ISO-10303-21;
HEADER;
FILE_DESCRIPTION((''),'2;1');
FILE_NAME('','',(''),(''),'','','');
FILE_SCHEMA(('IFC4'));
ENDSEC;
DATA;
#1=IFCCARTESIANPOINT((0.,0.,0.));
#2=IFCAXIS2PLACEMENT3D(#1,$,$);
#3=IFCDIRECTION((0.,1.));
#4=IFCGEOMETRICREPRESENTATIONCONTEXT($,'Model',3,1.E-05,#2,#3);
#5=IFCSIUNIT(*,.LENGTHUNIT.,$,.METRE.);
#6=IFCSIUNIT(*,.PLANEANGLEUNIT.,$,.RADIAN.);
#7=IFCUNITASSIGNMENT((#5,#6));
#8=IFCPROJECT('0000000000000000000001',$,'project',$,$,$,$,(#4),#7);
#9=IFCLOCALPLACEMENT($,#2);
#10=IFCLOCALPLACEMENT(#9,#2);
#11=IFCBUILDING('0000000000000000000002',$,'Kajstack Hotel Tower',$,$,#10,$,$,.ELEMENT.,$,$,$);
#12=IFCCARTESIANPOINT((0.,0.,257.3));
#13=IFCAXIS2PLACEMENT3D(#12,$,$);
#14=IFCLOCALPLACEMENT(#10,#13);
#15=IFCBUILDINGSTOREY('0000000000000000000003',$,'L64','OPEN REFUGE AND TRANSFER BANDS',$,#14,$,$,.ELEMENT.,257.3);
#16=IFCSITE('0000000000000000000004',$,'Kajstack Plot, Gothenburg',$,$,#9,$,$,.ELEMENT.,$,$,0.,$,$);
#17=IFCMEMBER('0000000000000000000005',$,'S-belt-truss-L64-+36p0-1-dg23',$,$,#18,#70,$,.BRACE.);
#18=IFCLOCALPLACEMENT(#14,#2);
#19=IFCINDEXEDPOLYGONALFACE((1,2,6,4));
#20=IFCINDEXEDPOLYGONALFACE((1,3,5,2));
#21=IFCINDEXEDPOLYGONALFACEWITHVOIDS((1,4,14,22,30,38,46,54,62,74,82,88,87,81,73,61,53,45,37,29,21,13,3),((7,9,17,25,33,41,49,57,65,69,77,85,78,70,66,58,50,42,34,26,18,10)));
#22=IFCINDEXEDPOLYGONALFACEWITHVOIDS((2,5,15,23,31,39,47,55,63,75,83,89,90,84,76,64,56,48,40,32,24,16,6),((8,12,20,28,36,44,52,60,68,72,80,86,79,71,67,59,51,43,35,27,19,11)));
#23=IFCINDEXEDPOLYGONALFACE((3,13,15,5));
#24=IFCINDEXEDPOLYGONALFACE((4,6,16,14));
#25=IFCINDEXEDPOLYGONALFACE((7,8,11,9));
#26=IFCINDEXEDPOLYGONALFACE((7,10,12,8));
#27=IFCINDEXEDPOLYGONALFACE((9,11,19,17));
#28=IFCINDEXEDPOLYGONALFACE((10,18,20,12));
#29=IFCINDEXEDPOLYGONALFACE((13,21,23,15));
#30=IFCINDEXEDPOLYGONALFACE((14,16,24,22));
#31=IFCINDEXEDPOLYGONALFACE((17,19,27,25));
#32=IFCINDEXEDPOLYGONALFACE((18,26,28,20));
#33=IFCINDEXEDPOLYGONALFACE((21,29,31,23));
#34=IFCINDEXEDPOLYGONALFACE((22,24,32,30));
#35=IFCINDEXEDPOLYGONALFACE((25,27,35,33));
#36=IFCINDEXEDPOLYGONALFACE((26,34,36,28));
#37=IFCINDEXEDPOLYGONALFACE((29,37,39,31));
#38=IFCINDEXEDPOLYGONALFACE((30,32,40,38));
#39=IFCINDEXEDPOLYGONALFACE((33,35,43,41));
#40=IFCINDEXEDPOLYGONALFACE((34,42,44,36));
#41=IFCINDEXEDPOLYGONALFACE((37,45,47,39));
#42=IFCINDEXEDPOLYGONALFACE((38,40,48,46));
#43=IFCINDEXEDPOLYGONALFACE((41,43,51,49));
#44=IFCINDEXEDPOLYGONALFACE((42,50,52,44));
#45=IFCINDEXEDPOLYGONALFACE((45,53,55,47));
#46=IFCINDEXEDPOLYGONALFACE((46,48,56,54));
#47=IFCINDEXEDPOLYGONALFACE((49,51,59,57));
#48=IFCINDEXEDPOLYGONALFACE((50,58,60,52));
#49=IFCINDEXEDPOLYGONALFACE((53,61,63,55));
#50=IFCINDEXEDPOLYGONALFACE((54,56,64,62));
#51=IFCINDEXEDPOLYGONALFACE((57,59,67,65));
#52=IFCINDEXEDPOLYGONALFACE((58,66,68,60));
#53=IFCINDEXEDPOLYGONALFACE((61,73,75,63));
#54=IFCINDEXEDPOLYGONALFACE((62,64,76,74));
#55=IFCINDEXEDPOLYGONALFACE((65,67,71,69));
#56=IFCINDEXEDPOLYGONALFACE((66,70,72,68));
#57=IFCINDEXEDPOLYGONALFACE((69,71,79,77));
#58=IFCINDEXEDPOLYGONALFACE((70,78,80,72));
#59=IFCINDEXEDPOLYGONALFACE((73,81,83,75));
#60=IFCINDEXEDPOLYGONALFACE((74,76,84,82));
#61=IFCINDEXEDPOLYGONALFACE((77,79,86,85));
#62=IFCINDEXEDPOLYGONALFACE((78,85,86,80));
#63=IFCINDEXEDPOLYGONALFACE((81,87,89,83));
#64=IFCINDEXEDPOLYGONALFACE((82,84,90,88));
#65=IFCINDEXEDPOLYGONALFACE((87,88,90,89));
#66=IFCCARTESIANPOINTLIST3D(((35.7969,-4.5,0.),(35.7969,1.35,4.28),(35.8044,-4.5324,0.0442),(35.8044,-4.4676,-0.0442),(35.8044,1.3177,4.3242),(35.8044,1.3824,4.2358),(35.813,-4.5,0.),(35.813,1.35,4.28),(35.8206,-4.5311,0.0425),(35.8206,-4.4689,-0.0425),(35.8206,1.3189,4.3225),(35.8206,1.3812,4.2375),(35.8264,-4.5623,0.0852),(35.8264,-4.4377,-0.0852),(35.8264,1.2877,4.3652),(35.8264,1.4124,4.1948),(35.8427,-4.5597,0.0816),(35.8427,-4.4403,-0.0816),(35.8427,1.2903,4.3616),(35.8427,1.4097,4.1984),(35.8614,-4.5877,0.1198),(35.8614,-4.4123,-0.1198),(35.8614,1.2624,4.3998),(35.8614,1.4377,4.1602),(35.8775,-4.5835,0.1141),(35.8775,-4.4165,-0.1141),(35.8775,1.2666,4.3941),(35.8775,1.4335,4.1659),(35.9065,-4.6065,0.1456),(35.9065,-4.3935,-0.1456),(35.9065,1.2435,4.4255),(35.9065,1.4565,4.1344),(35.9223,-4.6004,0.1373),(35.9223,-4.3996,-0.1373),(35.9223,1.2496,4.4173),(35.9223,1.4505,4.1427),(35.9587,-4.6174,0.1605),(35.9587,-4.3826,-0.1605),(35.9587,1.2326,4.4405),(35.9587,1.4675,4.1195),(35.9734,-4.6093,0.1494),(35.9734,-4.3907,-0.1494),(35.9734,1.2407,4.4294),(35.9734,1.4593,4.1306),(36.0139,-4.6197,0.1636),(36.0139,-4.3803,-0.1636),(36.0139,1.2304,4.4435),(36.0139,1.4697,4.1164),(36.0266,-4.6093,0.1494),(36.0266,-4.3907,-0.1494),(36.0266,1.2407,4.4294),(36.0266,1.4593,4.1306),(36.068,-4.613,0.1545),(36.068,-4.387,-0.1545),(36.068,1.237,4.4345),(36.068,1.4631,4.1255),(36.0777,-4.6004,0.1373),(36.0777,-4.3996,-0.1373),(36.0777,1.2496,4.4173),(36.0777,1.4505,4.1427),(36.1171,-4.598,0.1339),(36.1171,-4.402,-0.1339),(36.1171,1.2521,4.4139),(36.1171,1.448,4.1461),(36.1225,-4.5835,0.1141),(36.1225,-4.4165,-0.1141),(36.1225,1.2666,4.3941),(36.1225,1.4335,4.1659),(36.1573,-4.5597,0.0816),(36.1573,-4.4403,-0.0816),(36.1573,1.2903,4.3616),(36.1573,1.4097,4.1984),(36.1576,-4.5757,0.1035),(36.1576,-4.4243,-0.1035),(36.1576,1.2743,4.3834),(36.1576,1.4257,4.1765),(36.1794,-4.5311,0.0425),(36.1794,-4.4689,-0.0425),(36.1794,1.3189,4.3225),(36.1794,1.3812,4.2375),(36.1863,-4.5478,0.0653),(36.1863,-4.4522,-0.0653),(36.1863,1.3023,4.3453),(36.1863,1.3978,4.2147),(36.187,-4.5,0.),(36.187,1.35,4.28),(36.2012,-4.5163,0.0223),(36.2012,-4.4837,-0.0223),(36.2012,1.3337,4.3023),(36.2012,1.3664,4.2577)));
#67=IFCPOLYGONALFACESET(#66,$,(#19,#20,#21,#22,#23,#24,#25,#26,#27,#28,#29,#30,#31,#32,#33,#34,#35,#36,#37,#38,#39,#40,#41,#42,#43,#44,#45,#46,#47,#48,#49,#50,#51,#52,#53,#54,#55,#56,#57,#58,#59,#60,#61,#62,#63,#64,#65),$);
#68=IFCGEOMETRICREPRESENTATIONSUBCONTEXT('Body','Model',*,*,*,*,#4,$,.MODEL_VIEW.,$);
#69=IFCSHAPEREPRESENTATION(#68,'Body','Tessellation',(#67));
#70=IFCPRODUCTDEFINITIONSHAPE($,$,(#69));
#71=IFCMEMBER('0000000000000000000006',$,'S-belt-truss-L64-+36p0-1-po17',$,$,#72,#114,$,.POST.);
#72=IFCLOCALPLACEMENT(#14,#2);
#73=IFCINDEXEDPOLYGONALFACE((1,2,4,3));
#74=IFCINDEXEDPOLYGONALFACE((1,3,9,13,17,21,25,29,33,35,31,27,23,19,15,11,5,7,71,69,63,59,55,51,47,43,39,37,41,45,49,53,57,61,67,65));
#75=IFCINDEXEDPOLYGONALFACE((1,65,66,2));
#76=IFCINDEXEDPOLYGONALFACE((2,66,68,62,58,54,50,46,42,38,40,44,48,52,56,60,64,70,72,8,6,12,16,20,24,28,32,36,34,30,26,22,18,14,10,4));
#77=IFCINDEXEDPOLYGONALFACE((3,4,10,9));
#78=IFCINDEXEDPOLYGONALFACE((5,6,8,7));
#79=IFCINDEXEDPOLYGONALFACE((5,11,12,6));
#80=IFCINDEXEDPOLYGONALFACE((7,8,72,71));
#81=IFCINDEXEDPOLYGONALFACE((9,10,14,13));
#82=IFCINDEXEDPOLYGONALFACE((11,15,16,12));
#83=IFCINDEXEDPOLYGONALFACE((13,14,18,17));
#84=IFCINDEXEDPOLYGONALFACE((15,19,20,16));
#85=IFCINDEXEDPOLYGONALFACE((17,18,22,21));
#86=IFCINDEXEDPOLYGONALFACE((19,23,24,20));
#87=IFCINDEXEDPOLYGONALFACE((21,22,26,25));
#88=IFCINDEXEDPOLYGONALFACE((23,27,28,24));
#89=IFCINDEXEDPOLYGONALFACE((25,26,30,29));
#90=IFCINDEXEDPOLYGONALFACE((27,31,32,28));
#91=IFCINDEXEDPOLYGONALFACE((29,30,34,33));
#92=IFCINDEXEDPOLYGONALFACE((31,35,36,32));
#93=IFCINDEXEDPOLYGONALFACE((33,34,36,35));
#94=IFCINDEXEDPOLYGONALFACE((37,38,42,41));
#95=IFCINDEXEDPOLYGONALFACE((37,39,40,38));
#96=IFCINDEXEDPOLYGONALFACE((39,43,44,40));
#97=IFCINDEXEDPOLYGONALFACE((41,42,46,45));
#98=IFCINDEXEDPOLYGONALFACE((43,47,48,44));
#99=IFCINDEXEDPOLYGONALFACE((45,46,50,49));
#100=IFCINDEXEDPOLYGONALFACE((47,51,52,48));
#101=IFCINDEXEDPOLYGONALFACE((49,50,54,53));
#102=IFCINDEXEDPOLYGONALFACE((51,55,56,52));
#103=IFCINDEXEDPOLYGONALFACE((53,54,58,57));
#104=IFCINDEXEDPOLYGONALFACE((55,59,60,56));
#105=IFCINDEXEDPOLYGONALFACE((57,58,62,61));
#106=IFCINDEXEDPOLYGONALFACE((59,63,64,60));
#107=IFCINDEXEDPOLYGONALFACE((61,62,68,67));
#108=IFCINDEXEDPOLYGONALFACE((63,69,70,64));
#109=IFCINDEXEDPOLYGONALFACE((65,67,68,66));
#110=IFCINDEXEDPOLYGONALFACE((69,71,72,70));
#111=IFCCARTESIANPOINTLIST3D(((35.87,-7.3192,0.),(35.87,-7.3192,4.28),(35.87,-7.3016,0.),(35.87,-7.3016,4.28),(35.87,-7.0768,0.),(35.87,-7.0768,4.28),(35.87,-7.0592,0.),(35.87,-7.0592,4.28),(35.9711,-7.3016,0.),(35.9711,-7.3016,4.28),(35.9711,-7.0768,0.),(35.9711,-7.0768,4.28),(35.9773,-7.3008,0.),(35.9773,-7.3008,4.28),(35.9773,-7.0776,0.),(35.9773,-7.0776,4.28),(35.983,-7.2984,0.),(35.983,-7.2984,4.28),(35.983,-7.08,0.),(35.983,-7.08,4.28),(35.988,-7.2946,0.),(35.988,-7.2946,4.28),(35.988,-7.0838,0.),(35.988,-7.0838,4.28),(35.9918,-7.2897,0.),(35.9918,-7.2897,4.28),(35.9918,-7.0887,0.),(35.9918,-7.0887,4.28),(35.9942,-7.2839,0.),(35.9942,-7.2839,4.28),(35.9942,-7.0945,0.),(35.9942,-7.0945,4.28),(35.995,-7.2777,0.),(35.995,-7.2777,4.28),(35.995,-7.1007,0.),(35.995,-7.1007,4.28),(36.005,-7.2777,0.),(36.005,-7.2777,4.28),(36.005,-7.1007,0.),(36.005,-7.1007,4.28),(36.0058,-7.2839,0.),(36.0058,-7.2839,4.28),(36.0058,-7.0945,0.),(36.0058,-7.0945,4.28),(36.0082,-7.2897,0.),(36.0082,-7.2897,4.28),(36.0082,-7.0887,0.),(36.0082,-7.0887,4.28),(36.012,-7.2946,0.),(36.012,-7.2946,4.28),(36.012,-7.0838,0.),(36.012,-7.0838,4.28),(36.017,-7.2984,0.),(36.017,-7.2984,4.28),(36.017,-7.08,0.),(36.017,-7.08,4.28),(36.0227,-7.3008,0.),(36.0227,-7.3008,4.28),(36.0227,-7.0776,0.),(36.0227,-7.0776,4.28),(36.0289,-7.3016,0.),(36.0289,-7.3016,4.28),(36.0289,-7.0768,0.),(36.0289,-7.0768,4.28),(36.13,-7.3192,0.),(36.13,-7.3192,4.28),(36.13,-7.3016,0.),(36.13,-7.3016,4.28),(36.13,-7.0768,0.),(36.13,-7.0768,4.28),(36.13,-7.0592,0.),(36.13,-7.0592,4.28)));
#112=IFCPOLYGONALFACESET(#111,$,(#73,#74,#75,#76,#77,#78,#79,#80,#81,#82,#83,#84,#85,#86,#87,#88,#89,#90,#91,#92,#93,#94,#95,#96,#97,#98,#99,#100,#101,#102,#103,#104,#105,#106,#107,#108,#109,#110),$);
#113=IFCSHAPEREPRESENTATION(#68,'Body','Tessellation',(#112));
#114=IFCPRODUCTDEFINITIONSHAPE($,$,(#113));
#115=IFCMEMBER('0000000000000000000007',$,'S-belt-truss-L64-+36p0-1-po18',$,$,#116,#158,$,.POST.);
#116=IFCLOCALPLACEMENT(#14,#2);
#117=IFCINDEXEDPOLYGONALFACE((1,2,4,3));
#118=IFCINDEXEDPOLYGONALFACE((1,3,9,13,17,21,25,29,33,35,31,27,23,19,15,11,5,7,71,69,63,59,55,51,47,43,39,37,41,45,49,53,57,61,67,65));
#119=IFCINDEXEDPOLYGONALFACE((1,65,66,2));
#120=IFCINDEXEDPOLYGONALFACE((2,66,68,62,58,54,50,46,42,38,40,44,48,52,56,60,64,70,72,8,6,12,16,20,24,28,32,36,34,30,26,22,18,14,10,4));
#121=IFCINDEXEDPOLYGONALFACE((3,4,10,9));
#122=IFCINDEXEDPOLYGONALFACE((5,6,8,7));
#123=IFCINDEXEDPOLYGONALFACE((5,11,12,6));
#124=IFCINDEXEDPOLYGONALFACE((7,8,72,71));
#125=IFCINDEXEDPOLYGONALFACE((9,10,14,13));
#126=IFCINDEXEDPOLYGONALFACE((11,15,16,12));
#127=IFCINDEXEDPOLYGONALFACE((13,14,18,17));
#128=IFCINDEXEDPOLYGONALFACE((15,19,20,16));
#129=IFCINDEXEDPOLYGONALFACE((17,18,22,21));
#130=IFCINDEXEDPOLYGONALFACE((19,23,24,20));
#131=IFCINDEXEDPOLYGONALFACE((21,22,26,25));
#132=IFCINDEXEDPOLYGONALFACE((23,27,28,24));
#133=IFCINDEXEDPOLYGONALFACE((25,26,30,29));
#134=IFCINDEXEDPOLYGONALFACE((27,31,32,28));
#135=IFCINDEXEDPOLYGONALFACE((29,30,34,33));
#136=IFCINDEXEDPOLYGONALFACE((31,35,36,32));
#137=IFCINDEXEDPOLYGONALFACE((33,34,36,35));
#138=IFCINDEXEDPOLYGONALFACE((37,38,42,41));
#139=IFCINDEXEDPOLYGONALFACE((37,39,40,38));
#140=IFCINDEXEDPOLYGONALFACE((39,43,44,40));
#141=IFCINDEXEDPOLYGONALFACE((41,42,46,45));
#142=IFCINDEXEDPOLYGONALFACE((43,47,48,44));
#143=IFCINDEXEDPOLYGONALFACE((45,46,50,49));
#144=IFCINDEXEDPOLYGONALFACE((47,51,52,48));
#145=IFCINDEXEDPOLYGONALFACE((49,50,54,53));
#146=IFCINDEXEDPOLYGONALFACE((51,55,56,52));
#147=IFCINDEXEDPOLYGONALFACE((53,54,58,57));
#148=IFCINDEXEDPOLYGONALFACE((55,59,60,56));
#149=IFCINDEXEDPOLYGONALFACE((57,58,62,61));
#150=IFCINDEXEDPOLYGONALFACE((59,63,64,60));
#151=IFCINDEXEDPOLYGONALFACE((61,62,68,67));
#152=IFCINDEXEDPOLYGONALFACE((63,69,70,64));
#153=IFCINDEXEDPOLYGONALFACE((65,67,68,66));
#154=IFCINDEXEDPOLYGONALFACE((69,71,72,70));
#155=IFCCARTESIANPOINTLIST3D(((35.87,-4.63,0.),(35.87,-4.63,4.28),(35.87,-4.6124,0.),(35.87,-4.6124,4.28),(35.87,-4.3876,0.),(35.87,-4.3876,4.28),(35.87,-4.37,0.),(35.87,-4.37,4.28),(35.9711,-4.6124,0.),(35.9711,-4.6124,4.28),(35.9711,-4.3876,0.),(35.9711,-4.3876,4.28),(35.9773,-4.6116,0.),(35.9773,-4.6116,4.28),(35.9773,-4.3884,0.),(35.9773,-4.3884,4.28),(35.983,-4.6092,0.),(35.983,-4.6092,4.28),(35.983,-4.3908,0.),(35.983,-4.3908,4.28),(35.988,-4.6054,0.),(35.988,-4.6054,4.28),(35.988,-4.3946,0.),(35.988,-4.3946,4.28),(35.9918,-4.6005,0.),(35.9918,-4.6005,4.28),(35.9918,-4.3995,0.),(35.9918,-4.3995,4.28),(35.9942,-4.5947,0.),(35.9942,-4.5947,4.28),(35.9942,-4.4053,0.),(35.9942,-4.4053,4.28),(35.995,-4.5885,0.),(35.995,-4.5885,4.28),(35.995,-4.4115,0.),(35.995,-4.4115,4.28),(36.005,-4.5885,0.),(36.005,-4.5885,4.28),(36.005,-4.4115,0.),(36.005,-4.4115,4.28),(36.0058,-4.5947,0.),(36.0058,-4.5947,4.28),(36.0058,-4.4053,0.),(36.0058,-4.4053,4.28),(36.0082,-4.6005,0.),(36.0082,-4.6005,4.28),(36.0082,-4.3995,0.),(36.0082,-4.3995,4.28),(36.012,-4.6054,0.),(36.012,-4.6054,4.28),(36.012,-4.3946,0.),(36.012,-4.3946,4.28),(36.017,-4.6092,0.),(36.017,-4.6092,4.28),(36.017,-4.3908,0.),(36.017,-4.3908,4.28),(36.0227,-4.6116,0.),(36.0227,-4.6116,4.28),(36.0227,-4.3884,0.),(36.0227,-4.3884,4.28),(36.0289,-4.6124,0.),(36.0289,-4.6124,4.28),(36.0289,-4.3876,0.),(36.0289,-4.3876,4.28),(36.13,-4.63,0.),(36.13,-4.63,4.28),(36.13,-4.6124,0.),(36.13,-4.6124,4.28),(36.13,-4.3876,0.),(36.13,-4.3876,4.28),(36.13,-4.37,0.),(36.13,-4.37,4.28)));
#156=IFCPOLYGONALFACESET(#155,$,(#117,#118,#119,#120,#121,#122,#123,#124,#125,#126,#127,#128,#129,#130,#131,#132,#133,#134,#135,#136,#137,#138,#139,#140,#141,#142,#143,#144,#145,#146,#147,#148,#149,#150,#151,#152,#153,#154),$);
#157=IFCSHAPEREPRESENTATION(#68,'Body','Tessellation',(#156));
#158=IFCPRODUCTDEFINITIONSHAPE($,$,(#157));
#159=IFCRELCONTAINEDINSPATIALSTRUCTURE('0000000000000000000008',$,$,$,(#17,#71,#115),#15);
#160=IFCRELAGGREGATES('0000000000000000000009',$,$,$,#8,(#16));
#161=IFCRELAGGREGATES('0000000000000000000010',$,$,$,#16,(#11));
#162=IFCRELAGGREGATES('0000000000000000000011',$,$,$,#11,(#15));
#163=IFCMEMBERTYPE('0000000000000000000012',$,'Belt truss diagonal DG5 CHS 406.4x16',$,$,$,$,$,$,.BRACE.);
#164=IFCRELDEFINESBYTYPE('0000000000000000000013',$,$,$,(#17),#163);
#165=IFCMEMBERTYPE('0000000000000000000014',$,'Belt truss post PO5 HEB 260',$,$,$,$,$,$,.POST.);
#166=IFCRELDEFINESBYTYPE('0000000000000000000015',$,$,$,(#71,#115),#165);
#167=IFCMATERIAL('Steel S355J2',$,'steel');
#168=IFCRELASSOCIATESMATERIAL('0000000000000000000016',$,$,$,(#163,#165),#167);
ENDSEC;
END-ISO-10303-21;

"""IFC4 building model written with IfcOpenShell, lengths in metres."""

from ifc_helpers import new_model, si_unit, direction, frame, origin, origin_2d, place, context, subcontext, project, spatial, hollow_circle, i_section, extrude, material, material_profile, profile_set, type_object, element, save


model = new_model("IFC4")

# Units and contexts
model_context = context("Model", 3, precision=1e-05, world=origin(), true_north=direction((0.0, 1.0)))
body_context = subcontext(model_context, "Body", "Model", "MODEL_VIEW")
ifc_project = project(units=[si_unit("LENGTHUNIT", "METRE"), si_unit("PLANEANGLEUNIT", "RADIAN")], contexts=[model_context])

# Site, building, storey
site_placement = place(None, origin())
site = spatial("IfcSite", under=ifc_project, at=site_placement, Name="Kajstack Plot, Gothenburg", CompositionType="ELEMENT", RefElevation=0.0)
building_placement = place(site_placement, origin())
building = spatial("IfcBuilding", under=site, at=building_placement, Name="Kajstack Hotel Tower", CompositionType="ELEMENT")
storey_placement = place(building_placement, frame((0.0, 0.0, 257.3)))
storey = spatial("IfcBuildingStorey", under=building, at=storey_placement, Name="L64", Description="OPEN REFUGE AND TRANSFER BANDS", CompositionType="ELEMENT", Elevation=257.3)

# Members
ifc_material_1 = material(Name="Steel S355J2", Category="steel")
ifc_material_profile_1 = material_profile(ifc_material_1, hollow_circle(Radius=0.2031, WallThickness=0.0161, at=origin_2d()), Name="CHS 406.4x16")
ifc_profile_set_1 = profile_set([ifc_material_profile_1], Name="Steel S355J2")
member_type_1 = type_object("IfcMemberType", Name="Belt truss diagonal DG5 CHS 406.4x16", PredefinedType="BRACE", material=ifc_profile_set_1)
member_1_placement = place(storey_placement, frame((36.0, -4.5, 0.0), z_axis=(0.0, 0.807065, 0.590462), x_axis=(-1.0, 0.0, 0.0)))
element("IfcMember", 1, at=member_1_placement, inside=storey, type_object=member_type_1, Name="S-belt-truss-L64-+36p0-1-dg23", PredefinedType="BRACE", context=body_context, shape_type="SweptSolid", body=[
    extrude(hollow_circle(Radius=0.2031, WallThickness=0.0161, at=origin_2d()), origin(), (0.0, 0.0, 1.0), 7.2485),
])
ifc_material_profile_2 = material_profile(ifc_material_1, i_section(OverallWidth=0.26, OverallDepth=0.26, WebThickness=0.01, FlangeThickness=0.0176, FilletRadius=0.0239, at=origin_2d()), Name="HEB 260")
ifc_profile_set_2 = profile_set([ifc_material_profile_2], Name="Steel S355J2")
member_type_2 = type_object("IfcMemberType", Name="Belt truss post PO5 HEB 260", PredefinedType="POST", material=ifc_profile_set_2)
for number, where, z_axis, x_axis, name in (
    (2, (36.0, -7.1892, 0.0), (0.0, 0.0, 1.0), (1.0, 0.0, 0.0), "S-belt-truss-L64-+36p0-1-po17"),
    (3, (36.0, -4.5, 0.0), (0.0, 0.0, 1.0), (1.0, 0.0, 0.0), "S-belt-truss-L64-+36p0-1-po18"),
):
    element("IfcMember", number, at=place(storey_placement, frame(where, z_axis=z_axis, x_axis=x_axis)), inside=storey, type_object=member_type_2, Name=name, PredefinedType="POST", context=body_context, shape_type="SweptSolid", body=[
        extrude(i_section(OverallWidth=0.26, OverallDepth=0.26, WebThickness=0.01, FlangeThickness=0.0176, FilletRadius=0.0239, at=origin_2d()), origin(), (0.0, 0.0, 1.0), 4.28),
    ])

save(model, "model.ifc")
